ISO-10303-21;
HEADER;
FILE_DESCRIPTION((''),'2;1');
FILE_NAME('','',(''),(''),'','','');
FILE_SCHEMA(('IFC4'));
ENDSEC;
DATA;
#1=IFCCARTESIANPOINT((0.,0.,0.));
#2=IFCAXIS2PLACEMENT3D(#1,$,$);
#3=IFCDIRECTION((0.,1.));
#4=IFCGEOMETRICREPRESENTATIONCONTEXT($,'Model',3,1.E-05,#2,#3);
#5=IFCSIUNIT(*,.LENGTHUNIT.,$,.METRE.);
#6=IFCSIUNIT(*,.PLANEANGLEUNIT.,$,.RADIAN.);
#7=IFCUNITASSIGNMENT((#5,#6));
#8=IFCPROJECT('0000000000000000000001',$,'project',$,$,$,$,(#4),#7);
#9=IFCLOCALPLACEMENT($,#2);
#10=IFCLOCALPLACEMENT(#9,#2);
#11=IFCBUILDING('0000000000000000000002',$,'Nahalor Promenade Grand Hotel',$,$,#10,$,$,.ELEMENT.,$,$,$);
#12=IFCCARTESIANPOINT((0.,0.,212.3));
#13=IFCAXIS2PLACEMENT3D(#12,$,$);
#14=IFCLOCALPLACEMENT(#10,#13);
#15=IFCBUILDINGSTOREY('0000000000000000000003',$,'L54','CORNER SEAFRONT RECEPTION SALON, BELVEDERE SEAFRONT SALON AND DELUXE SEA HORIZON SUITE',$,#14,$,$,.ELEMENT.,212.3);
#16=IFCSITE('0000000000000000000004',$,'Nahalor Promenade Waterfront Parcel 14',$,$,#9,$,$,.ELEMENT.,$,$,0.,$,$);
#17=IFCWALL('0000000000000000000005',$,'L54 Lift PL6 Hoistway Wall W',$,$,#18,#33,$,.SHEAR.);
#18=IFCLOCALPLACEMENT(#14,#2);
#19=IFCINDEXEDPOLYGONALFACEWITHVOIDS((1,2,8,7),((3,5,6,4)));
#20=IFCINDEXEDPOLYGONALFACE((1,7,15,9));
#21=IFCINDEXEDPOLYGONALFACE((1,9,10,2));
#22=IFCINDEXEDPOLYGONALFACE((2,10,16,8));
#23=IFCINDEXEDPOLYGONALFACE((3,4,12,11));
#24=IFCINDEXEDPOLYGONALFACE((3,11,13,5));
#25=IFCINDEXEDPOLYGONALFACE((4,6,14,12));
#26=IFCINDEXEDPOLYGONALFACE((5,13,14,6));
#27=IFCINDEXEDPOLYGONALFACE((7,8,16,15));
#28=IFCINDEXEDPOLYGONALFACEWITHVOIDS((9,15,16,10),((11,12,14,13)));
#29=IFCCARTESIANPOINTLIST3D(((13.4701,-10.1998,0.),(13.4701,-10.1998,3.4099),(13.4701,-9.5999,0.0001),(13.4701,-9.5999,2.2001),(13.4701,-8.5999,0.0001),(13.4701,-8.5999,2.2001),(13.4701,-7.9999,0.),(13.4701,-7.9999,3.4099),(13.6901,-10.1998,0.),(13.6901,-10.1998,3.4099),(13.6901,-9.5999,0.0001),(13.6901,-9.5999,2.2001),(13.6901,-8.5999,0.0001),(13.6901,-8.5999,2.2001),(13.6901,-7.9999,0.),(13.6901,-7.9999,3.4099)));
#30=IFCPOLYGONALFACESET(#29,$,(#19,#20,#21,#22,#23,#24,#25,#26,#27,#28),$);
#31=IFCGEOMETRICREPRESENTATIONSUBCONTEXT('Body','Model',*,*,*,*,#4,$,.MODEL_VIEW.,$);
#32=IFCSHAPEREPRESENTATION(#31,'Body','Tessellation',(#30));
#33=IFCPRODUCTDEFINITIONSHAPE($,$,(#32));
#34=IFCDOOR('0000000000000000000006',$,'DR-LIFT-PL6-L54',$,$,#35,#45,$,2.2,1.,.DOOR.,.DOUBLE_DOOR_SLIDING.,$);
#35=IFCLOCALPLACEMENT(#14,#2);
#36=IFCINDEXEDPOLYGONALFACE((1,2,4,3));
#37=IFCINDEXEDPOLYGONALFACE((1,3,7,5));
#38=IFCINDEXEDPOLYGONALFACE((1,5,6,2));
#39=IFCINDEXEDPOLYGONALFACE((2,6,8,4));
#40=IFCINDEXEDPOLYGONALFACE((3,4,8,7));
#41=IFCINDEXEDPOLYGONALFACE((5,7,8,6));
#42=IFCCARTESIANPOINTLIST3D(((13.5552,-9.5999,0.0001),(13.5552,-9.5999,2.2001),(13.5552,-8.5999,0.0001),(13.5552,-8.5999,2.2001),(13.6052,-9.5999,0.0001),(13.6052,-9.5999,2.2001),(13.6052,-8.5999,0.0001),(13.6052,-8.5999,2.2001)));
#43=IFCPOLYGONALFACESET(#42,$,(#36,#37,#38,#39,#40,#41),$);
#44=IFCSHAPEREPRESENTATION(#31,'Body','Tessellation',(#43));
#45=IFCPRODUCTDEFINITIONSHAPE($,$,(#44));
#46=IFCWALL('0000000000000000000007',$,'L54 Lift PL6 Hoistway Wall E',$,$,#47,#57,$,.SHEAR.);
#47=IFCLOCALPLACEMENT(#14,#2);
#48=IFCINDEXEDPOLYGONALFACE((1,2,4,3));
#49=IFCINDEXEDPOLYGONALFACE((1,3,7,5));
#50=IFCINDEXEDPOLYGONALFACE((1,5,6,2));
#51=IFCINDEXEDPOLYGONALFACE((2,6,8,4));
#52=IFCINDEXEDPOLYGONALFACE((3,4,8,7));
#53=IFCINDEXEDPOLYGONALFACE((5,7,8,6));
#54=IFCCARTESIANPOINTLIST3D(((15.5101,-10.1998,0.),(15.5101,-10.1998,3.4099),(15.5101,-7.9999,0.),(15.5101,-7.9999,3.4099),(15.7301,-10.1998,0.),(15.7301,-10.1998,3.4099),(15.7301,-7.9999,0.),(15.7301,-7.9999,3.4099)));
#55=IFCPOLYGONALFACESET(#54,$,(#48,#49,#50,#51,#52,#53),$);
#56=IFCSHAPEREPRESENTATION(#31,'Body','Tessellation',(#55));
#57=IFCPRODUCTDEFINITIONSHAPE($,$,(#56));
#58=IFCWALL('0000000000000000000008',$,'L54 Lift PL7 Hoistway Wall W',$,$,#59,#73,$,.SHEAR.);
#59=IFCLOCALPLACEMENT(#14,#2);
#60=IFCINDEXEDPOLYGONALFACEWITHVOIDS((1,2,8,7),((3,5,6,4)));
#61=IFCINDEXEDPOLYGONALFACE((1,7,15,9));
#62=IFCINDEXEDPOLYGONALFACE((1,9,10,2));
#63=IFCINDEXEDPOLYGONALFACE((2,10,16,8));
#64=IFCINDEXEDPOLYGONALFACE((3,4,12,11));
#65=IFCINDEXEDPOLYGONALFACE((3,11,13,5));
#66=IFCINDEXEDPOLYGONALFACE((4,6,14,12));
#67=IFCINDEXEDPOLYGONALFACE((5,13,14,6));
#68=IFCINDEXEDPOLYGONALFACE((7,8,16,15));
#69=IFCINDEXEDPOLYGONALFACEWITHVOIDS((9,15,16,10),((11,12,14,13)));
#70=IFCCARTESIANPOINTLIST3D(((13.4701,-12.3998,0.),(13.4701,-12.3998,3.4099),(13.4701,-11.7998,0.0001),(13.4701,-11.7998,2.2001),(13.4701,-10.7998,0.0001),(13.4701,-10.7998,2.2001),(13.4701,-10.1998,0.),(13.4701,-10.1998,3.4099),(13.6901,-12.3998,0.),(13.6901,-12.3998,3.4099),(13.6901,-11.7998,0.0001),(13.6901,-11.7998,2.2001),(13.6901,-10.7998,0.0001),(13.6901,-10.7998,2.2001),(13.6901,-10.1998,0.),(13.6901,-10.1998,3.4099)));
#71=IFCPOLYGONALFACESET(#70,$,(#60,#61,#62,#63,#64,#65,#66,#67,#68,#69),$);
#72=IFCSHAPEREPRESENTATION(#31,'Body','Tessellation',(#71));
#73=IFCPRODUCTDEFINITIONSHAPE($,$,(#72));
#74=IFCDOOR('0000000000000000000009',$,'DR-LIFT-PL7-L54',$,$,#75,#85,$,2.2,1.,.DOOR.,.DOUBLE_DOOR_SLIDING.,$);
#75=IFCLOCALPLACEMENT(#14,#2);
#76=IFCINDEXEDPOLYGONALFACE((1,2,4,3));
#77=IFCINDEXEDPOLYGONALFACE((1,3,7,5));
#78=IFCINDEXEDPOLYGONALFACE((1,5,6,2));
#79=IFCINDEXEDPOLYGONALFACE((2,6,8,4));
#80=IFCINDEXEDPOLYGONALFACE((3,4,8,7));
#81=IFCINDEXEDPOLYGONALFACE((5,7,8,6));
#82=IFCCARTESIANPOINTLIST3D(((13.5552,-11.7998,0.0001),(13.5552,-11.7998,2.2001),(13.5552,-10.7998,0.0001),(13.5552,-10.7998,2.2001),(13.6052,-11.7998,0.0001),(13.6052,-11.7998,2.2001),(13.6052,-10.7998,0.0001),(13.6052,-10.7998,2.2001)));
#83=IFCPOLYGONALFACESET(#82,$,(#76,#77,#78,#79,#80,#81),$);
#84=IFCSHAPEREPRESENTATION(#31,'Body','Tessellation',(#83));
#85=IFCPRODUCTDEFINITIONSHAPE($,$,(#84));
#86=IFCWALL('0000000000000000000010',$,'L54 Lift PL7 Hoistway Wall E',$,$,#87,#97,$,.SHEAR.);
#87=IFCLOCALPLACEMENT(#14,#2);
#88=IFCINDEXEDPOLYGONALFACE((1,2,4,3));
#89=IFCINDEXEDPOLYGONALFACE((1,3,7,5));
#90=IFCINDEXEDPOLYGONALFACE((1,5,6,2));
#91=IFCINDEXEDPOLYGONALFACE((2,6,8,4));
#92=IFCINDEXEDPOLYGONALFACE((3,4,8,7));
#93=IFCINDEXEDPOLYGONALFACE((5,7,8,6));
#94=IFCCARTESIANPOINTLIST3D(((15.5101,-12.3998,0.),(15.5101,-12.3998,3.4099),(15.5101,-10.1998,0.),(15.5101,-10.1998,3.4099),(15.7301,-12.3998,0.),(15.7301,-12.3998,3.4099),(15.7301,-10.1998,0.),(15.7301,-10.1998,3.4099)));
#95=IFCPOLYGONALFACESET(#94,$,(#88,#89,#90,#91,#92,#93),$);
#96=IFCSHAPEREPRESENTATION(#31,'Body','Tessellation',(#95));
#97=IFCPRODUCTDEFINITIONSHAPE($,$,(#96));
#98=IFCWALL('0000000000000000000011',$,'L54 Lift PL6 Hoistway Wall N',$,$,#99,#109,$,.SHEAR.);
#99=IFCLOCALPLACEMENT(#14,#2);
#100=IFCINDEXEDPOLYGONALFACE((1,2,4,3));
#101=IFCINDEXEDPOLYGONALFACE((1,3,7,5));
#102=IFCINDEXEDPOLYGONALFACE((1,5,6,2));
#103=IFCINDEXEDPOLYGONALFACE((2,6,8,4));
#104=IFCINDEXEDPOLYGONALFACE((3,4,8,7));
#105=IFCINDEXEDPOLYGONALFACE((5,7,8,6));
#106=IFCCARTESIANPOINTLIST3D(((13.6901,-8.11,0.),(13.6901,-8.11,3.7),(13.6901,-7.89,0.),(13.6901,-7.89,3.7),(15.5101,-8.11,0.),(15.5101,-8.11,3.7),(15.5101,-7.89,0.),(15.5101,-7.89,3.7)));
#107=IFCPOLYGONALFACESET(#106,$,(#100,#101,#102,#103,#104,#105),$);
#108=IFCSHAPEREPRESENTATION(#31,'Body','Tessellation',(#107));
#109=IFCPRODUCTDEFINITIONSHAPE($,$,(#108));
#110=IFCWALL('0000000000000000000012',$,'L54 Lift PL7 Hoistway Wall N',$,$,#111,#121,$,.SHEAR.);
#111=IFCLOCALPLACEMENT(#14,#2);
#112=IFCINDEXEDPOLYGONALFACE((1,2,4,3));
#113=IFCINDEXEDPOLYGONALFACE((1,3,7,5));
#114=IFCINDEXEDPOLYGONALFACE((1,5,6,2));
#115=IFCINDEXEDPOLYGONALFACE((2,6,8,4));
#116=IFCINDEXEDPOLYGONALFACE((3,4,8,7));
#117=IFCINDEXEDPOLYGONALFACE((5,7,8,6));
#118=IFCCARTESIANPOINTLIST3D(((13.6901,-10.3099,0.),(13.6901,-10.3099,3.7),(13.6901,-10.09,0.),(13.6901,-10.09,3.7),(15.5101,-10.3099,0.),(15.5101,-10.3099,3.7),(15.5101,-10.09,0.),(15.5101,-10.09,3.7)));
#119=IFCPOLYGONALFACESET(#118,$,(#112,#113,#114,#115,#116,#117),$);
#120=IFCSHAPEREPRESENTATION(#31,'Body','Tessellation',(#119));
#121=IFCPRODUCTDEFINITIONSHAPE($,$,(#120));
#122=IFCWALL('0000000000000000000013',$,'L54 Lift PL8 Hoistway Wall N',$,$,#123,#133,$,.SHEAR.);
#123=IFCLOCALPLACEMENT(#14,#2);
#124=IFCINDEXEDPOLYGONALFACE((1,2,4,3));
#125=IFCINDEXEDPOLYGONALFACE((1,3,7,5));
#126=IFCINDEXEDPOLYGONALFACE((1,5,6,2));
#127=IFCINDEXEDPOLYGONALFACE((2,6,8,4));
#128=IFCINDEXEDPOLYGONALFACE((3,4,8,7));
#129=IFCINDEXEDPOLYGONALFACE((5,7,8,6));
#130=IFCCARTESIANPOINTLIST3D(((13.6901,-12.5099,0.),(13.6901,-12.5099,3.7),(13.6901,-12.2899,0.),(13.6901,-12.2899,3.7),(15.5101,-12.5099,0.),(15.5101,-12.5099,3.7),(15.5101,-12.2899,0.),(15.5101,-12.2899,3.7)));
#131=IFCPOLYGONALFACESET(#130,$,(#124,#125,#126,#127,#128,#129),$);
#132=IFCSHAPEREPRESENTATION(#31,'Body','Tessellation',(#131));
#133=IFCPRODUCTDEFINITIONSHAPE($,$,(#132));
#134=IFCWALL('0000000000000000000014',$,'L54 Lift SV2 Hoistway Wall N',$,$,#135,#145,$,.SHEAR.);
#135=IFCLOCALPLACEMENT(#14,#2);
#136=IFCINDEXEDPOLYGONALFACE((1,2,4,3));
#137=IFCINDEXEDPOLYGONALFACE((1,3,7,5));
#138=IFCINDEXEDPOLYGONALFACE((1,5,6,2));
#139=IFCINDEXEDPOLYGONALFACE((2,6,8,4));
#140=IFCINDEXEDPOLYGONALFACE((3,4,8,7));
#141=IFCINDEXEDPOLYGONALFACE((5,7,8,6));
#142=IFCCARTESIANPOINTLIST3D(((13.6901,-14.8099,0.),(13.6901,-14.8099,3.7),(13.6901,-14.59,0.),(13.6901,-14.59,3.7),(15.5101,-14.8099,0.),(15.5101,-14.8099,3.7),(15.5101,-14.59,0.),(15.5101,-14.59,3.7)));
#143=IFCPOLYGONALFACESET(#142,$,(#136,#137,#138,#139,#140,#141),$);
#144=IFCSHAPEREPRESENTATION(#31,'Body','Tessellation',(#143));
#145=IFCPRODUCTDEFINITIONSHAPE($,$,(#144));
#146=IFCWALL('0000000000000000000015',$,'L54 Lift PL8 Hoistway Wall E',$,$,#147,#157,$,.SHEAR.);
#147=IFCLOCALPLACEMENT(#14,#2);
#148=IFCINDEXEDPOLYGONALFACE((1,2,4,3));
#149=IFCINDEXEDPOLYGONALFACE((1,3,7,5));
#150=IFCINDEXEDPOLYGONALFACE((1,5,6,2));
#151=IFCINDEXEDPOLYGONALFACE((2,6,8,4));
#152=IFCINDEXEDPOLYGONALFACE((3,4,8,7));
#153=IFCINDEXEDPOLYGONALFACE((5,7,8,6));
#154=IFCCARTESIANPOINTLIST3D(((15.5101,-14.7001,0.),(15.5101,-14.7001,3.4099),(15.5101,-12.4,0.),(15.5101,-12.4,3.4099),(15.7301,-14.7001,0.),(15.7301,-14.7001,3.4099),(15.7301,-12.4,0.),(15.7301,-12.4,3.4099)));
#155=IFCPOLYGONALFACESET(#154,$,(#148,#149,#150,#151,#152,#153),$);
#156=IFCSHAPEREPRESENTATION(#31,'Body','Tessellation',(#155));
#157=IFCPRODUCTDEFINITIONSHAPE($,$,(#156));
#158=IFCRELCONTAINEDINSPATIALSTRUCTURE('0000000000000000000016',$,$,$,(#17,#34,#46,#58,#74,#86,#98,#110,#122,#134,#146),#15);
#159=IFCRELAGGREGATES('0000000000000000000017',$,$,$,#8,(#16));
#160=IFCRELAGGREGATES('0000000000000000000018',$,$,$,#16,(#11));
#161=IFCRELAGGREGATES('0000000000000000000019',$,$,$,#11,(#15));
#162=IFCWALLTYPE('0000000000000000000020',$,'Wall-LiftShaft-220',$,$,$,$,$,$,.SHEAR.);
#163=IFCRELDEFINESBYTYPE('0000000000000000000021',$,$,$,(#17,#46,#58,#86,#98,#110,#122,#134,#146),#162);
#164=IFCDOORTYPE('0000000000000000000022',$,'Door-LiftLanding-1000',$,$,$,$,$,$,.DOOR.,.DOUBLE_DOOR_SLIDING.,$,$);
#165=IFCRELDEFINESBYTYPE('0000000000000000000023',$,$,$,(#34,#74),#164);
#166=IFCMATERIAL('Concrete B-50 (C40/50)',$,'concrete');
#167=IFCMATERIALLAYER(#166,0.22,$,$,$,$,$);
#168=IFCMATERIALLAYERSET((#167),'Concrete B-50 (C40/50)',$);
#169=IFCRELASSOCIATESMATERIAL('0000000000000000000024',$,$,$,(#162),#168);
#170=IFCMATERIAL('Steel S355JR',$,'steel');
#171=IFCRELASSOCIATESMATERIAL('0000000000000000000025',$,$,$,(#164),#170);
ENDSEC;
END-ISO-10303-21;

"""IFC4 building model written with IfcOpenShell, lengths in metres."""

from ifc_helpers import new_model, si_unit, direction, frame, frame_2d, origin, place, context, subcontext, project, spatial, rectangle, extrude, source, transform, mapped, material, layer, layer_set, type_object, element, fill, save


model = new_model("IFC4")

# Units and contexts
model_context = context("Model", 3, precision=1e-05, world=origin(), true_north=direction((0.0, 1.0)))
body_context = subcontext(model_context, "Body", "Model", "MODEL_VIEW")
ifc_project = project(units=[si_unit("LENGTHUNIT", "METRE"), si_unit("PLANEANGLEUNIT", "RADIAN")], contexts=[model_context])

# Site, building, storey
site_placement = place(None, origin())
site = spatial("IfcSite", under=ifc_project, at=site_placement, Name="Nahalor Promenade Waterfront Parcel 14", CompositionType="ELEMENT", RefElevation=0.0)
building_placement = place(site_placement, origin())
building = spatial("IfcBuilding", under=site, at=building_placement, Name="Nahalor Promenade Grand Hotel", CompositionType="ELEMENT")
storey_placement = place(building_placement, frame((0.0, 0.0, 212.3)))
storey = spatial("IfcBuildingStorey", under=building, at=storey_placement, Name="L54", Description="CORNER SEAFRONT RECEPTION SALON, BELVEDERE SEAFRONT SALON AND DELUXE SEA HORIZON SUITE", CompositionType="ELEMENT", Elevation=212.3)

# Shared definitions
ifc_material_1 = material(Name="Steel S355JR", Category="steel")

# Shared definitions
ifc_material_2 = material(Name="Concrete B-50 (C40/50)", Category="concrete")
ifc_layer_1 = layer(ifc_material_2, 0.22)
ifc_layer_set_1 = layer_set([ifc_layer_1], Name="Concrete B-50 (C40/50)")
wall_type_1 = type_object("IfcWallType", Name="Wall-LiftShaft-220", PredefinedType="SHEAR", material=ifc_layer_set_1)
door_type_1 = type_object("IfcDoorType", Name="Door-LiftLanding-1000", OperationType="DOUBLE_DOOR_SLIDING", PredefinedType="DOOR", material=ifc_material_1)
shared_shape_1 = source(origin(), body_context, "Body", "SweptSolid", [
    extrude(rectangle(XDim=1.0, YDim=2.2, at=frame_2d((0.5, 1.1001))), frame((0.0, 0.0249, 0.0), z_axis=(0.0, -1.0, 0.0), x_axis=(1.0, 0.0, 0.0)), (0.0, 0.0, 1.0), 0.05),
])

# Wall, opening, door
shared_shape_2 = source(origin(), body_context, "Body", "SweptSolid", [
    extrude(rectangle(XDim=2.2, YDim=0.22, at=frame_2d((1.1001, 0.0))), origin(), (0.0, 0.0, 1.0), 3.4099),
])
wall_1_placement = place(storey_placement, frame((13.5801, -10.2, 0.0), z_axis=(0.0, 0.0, 1.0), x_axis=(0.0, 1.0, 0.0)))
wall_1 = element("IfcWall", 1, at=wall_1_placement, inside=storey, type_object=wall_type_1, Name="L54 Lift PL6 Hoistway Wall W", PredefinedType="SHEAR", context=body_context, shape_type="MappedRepresentation", body=[
    mapped(shared_shape_2, transform((0.0, 0.0, 0.0), scale=1.0)),
])
opening_1_placement = place(wall_1_placement, frame((0.6001, 0.0, 0.0)))
opening_1 = element("IfcOpeningElement", 2, at=opening_1_placement, cuts=wall_1, PredefinedType="OPENING", context=body_context, shape_type="SweptSolid", body=[
    extrude(rectangle(XDim=1.0, YDim=2.2, at=frame_2d((0.5, 1.1001))), frame((0.0, 0.1199, 0.0), z_axis=(0.0, -1.0, 0.0), x_axis=(1.0, 0.0, 0.0)), (0.0, 0.0, 1.0), 0.24),
])
door_1_placement = place(opening_1_placement, origin())
door_1 = element("IfcDoor", 3, at=door_1_placement, inside=storey, type_object=door_type_1, Name="DR-LIFT-PL6-L54", OperationType="DOUBLE_DOOR_SLIDING", OverallHeight=2.2, OverallWidth=1.0, PredefinedType="DOOR", context=body_context, shape_type="MappedRepresentation", body=[
    mapped(shared_shape_1, transform((0.0, 0.0, 0.0), scale=1.0)),
])
fill(opening_1, door_1)

# Wall
wall_2_placement = place(storey_placement, frame((15.6201, -10.2, 0.0), z_axis=(0.0, 0.0, 1.0), x_axis=(0.0, 1.0, 0.0)))
element("IfcWall", 4, at=wall_2_placement, inside=storey, type_object=wall_type_1, Name="L54 Lift PL6 Hoistway Wall E", PredefinedType="SHEAR", context=body_context, shape_type="MappedRepresentation", body=[
    mapped(shared_shape_2, transform((0.0, 0.0, 0.0), scale=1.0)),
])

# Wall, opening, door
wall_3_placement = place(storey_placement, frame((13.5801, -12.3999, 0.0), z_axis=(0.0, 0.0, 1.0), x_axis=(0.0, 1.0, 0.0)))
wall_3 = element("IfcWall", 5, at=wall_3_placement, inside=storey, type_object=wall_type_1, Name="L54 Lift PL7 Hoistway Wall W", PredefinedType="SHEAR", context=body_context, shape_type="MappedRepresentation", body=[
    mapped(shared_shape_2, transform((0.0, 0.0, 0.0), scale=1.0)),
])
opening_2_placement = place(wall_3_placement, frame((0.6001, 0.0, 0.0)))
opening_2 = element("IfcOpeningElement", 6, at=opening_2_placement, cuts=wall_3, PredefinedType="OPENING", context=body_context, shape_type="SweptSolid", body=[
    extrude(rectangle(XDim=1.0, YDim=2.2, at=frame_2d((0.5, 1.1001))), frame((0.0, 0.1199, 0.0), z_axis=(0.0, -1.0, 0.0), x_axis=(1.0, 0.0, 0.0)), (0.0, 0.0, 1.0), 0.24),
])
door_2_placement = place(opening_2_placement, origin())
door_2 = element("IfcDoor", 7, at=door_2_placement, inside=storey, type_object=door_type_1, Name="DR-LIFT-PL7-L54", OperationType="DOUBLE_DOOR_SLIDING", OverallHeight=2.2, OverallWidth=1.0, PredefinedType="DOOR", context=body_context, shape_type="MappedRepresentation", body=[
    mapped(shared_shape_1, transform((0.0, 0.0, 0.0), scale=1.0)),
])
fill(opening_2, door_2)

# Walls
wall_4_placement = place(storey_placement, frame((15.6201, -12.3999, 0.0), z_axis=(0.0, 0.0, 1.0), x_axis=(0.0, 1.0, 0.0)))
element("IfcWall", 8, at=wall_4_placement, inside=storey, type_object=wall_type_1, Name="L54 Lift PL7 Hoistway Wall E", PredefinedType="SHEAR", context=body_context, shape_type="MappedRepresentation", body=[
    mapped(shared_shape_2, transform((0.0, 0.0, 0.0), scale=1.0)),
])
shared_shape_3 = source(origin(), body_context, "Body", "SweptSolid", [
    extrude(rectangle(XDim=1.8201, YDim=0.22, at=frame_2d((0.9102, 0.0))), origin(), (0.0, 0.0, 1.0), 3.7),
])
for number, where, z_axis, x_axis, name in (
    (9, (13.6899, -8.0, 0.0), (0.0, 0.0, 1.0), (1.0, 0.0, 0.0), "L54 Lift PL6 Hoistway Wall N"),
    (10, (13.6899, -10.2, 0.0), (0.0, 0.0, 1.0), (1.0, 0.0, 0.0), "L54 Lift PL7 Hoistway Wall N"),
    (11, (13.6899, -12.3999, 0.0), (0.0, 0.0, 1.0), (1.0, 0.0, 0.0), "L54 Lift PL8 Hoistway Wall N"),
    (12, (13.6899, -14.7, 0.0), (0.0, 0.0, 1.0), (1.0, 0.0, 0.0), "L54 Lift SV2 Hoistway Wall N"),
):
    element("IfcWall", number, at=place(storey_placement, frame(where, z_axis=z_axis, x_axis=x_axis)), inside=storey, type_object=wall_type_1, Name=name, PredefinedType="SHEAR", context=body_context, shape_type="MappedRepresentation", body=[
        mapped(shared_shape_3, transform((0.0, 0.0, 0.0), scale=1.0)),
    ])
shared_shape_4 = source(origin(), body_context, "Body", "SweptSolid", [
    extrude(rectangle(XDim=2.3, YDim=0.22, at=frame_2d((1.1499, 0.0))), origin(), (0.0, 0.0, 1.0), 3.4099),
])
wall_5_placement = place(storey_placement, frame((15.6201, -14.7, 0.0), z_axis=(0.0, 0.0, 1.0), x_axis=(0.0, 1.0, 0.0)))
element("IfcWall", 13, at=wall_5_placement, inside=storey, type_object=wall_type_1, Name="L54 Lift PL8 Hoistway Wall E", PredefinedType="SHEAR", context=body_context, shape_type="MappedRepresentation", body=[
    mapped(shared_shape_4, transform((0.0, 0.0, 0.0), scale=1.0)),
])

save(model, "model.ifc")
